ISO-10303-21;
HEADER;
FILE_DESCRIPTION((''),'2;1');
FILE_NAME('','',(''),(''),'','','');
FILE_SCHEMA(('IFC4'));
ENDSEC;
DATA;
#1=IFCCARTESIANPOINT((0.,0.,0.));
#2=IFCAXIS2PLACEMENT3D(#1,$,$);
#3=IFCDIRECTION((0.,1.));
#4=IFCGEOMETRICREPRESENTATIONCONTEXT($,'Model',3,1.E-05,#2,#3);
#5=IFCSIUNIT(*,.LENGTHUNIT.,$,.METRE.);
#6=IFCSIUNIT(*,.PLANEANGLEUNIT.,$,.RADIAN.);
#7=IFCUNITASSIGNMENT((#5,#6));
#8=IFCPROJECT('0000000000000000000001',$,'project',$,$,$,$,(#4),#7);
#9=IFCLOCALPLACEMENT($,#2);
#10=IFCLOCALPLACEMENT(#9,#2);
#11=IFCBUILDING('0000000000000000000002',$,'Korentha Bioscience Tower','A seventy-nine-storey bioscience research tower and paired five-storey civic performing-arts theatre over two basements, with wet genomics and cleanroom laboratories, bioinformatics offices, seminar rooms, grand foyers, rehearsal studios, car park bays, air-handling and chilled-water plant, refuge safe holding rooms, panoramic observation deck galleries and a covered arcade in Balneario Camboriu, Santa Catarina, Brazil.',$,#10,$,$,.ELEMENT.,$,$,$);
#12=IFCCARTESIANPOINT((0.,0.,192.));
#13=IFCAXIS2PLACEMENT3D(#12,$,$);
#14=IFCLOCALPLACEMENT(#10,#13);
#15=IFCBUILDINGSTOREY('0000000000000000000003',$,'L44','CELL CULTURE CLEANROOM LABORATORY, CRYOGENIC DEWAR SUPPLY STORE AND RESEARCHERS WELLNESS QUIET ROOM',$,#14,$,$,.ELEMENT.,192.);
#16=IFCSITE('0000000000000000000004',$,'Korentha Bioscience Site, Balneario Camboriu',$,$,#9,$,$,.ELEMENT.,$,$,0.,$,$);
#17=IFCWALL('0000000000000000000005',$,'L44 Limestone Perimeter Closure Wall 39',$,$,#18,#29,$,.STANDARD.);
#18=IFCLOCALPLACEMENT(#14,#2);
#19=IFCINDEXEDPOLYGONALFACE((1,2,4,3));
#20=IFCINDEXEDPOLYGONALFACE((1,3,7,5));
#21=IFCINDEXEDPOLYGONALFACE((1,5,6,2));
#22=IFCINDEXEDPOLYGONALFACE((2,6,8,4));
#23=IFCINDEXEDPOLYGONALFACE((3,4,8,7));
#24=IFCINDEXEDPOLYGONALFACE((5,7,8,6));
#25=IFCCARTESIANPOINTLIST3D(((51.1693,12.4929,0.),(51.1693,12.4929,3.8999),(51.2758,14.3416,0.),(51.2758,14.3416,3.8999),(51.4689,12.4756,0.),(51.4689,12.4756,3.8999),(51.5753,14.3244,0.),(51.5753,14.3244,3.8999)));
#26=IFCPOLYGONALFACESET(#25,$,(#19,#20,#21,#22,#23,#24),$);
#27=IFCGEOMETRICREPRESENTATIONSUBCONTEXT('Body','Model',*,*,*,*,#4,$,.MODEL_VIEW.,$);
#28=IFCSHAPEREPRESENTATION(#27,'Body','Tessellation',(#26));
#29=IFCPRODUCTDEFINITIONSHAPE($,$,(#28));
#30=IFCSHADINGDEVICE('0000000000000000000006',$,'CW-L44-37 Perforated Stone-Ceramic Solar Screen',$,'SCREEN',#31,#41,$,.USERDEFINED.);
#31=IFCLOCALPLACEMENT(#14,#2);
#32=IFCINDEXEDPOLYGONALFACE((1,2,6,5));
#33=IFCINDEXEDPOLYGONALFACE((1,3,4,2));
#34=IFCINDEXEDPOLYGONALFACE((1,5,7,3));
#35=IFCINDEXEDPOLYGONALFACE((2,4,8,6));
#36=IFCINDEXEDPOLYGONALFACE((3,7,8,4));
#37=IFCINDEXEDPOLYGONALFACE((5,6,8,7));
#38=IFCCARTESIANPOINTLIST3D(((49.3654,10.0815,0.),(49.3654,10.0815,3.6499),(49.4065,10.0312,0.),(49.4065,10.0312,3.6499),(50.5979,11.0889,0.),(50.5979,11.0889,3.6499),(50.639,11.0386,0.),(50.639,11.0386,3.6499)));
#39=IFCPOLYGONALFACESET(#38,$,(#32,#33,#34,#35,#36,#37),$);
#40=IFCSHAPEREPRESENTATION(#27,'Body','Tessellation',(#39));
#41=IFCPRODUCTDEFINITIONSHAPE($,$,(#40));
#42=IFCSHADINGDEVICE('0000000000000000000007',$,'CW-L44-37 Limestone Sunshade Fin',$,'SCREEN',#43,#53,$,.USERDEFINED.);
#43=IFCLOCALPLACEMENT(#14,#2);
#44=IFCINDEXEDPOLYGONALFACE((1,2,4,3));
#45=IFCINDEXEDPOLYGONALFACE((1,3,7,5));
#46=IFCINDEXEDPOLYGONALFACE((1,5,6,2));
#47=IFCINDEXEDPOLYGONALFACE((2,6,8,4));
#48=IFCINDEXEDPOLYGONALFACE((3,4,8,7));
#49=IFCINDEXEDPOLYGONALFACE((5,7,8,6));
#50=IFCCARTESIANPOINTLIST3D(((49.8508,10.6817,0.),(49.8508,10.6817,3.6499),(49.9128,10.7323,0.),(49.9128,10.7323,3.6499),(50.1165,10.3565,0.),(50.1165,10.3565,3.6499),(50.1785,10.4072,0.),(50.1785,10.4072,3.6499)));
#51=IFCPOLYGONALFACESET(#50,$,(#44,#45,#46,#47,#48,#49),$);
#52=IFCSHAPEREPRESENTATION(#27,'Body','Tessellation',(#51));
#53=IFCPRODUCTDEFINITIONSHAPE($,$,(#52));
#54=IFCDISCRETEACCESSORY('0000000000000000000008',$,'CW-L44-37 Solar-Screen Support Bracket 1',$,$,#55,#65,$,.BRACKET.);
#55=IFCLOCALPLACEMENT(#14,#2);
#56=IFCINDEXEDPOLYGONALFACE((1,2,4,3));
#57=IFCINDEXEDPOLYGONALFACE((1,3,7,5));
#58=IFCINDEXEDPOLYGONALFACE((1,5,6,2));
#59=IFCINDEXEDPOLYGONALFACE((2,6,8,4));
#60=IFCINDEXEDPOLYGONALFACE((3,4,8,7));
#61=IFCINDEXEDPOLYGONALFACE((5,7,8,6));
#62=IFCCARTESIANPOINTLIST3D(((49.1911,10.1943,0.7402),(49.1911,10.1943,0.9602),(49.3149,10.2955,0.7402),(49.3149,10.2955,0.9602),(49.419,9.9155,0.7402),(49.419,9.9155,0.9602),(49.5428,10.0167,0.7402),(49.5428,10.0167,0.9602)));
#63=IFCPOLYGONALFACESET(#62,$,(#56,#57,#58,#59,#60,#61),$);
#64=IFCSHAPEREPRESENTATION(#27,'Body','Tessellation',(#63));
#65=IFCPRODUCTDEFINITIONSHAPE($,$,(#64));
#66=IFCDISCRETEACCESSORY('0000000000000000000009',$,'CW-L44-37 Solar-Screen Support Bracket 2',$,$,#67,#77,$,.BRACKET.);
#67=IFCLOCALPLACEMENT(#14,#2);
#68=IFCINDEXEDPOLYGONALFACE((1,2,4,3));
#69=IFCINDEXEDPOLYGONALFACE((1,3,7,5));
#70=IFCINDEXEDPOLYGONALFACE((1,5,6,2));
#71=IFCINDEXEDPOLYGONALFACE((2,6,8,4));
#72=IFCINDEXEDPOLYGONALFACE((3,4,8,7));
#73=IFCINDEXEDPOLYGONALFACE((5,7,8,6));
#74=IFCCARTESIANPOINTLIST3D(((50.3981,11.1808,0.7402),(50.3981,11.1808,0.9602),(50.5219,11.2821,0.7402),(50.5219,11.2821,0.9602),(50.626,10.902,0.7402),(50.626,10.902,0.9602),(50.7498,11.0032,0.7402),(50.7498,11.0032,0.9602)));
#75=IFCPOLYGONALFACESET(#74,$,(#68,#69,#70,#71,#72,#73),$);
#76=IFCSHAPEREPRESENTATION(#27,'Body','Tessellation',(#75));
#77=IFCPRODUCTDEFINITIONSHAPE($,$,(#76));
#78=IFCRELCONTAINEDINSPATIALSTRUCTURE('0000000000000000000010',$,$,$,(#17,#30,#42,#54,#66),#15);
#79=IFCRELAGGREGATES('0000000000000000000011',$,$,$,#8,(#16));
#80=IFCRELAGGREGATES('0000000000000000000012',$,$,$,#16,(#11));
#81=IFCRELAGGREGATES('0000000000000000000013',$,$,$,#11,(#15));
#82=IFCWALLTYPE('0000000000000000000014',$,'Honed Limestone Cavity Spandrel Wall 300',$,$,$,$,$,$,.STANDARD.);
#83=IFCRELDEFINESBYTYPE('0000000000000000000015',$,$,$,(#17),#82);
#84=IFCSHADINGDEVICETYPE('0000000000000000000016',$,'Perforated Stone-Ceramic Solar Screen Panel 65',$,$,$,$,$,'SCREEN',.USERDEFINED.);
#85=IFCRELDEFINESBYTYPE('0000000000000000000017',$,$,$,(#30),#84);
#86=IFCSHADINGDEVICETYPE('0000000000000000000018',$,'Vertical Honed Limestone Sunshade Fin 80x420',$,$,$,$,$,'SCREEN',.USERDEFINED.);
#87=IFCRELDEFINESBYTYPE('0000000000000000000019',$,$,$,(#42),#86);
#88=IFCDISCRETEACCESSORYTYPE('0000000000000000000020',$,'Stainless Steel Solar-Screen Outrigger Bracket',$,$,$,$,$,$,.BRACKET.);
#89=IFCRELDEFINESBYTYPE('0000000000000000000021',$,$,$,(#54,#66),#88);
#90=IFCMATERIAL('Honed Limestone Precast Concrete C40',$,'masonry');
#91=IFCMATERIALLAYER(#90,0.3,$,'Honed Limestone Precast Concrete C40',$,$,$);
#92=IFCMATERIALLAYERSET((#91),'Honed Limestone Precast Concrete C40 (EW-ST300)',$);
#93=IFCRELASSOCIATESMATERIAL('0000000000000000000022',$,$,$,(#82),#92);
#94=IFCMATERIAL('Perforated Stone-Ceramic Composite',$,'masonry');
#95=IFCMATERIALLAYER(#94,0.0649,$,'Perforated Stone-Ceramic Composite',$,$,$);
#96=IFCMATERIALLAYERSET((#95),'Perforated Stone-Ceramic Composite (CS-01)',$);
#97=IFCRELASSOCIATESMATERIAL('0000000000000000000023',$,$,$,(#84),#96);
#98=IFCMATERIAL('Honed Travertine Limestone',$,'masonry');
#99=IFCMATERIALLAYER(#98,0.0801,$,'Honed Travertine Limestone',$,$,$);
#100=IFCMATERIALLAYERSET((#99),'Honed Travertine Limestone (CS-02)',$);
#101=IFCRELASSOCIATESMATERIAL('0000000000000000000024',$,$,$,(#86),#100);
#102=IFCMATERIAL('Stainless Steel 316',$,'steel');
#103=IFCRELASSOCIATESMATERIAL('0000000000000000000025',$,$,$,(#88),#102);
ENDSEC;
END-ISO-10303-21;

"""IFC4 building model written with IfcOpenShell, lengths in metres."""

from ifc_helpers import new_model, si_unit, direction, frame, frame_2d, origin, origin_2d, place, context, subcontext, project, spatial, rectangle, extrude, material, layer, layer_set, type_object, element, save


model = new_model("IFC4")

# Units and contexts
model_context = context("Model", 3, precision=1e-05, world=origin(), true_north=direction((0.0, 1.0)))
body_context = subcontext(model_context, "Body", "Model", "MODEL_VIEW")
ifc_project = project(units=[si_unit("LENGTHUNIT", "METRE"), si_unit("PLANEANGLEUNIT", "RADIAN")], contexts=[model_context])

# Site, building, storey
site_placement = place(None, origin())
site = spatial("IfcSite", under=ifc_project, at=site_placement, Name="Korentha Bioscience Site, Balneario Camboriu", CompositionType="ELEMENT", RefElevation=0.0)
building_placement = place(site_placement, origin())
building = spatial("IfcBuilding", under=site, at=building_placement, Name="Korentha Bioscience Tower", Description="A seventy-nine-storey bioscience research tower and paired five-storey civic performing-arts theatre over two basements, with wet genomics and cleanroom laboratories, bioinformatics offices, seminar rooms, grand foyers, rehearsal studios, car park bays, air-handling and chilled-water plant, refuge safe holding rooms, panoramic observation deck galleries and a covered arcade in Balneario Camboriu, Santa Catarina, Brazil.", CompositionType="ELEMENT")
storey_placement = place(building_placement, frame((0.0, 0.0, 192.0)))
storey = spatial("IfcBuildingStorey", under=building, at=storey_placement, Name="L44", Description="CELL CULTURE CLEANROOM LABORATORY, CRYOGENIC DEWAR SUPPLY STORE AND RESEARCHERS WELLNESS QUIET ROOM", CompositionType="ELEMENT", Elevation=192.0)

# Shared definitions
ifc_material_1 = material(Name="Honed Limestone Precast Concrete C40", Category="masonry")
ifc_layer_1 = layer(ifc_material_1, 0.3, Name="Honed Limestone Precast Concrete C40")
ifc_layer_set_1 = layer_set([ifc_layer_1], Name="Honed Limestone Precast Concrete C40 (EW-ST300)")
wall_type_1 = type_object("IfcWallType", Name="Honed Limestone Cavity Spandrel Wall 300", PredefinedType="STANDARD", material=ifc_layer_set_1)

# Wall
for number, where, z_axis, x_axis, name in (
    (1, (51.3191, 12.4844, 0.0), (0.0, 0.0, 1.0), (0.057485, 0.998346, 0.0), "L44 Limestone Perimeter Closure Wall 39"),
):
    element("IfcWall", number, at=place(storey_placement, frame(where, z_axis=z_axis, x_axis=x_axis)), inside=storey, type_object=wall_type_1, Name=name, PredefinedType="STANDARD", context=body_context, shape_type="SweptSolid", body=[
        extrude(rectangle(XDim=1.8518, YDim=0.3, at=frame_2d((0.9258, 0.0))), origin(), (0.0, 0.0, 1.0), 3.8999),
    ])

# Shading devices
ifc_material_2 = material(Name="Perforated Stone-Ceramic Composite", Category="masonry")
ifc_layer_2 = layer(ifc_material_2, 0.0649, Name="Perforated Stone-Ceramic Composite")
ifc_layer_set_2 = layer_set([ifc_layer_2], Name="Perforated Stone-Ceramic Composite (CS-01)")
shading_device_type_1 = type_object("IfcShadingDeviceType", Name="Perforated Stone-Ceramic Solar Screen Panel 65", ElementType="SCREEN", PredefinedType="USERDEFINED", material=ifc_layer_set_2)
shading_device_1_placement = place(storey_placement, frame((50.0022, 10.5601, 0.0), z_axis=(0.0, 0.0, 1.0), x_axis=(0.774256, 0.632872, 0.0)))
element("IfcShadingDevice", 2, at=shading_device_1_placement, inside=storey, type_object=shading_device_type_1, Name="CW-L44-37 Perforated Stone-Ceramic Solar Screen", ObjectType="SCREEN", PredefinedType="USERDEFINED", context=body_context, shape_type="SweptSolid", body=[
    extrude(rectangle(XDim=1.5918, YDim=0.0649, at=origin_2d()), origin(), (0.0, 0.0, 1.0), 3.6499),
])
ifc_material_3 = material(Name="Honed Travertine Limestone", Category="masonry")
ifc_layer_3 = layer(ifc_material_3, 0.0801, Name="Honed Travertine Limestone")
ifc_layer_set_3 = layer_set([ifc_layer_3], Name="Honed Travertine Limestone (CS-02)")
shading_device_type_2 = type_object("IfcShadingDeviceType", Name="Vertical Honed Limestone Sunshade Fin 80x420", ElementType="SCREEN", PredefinedType="USERDEFINED", material=ifc_layer_set_3)
shading_device_2_placement = place(storey_placement, frame((50.0146, 10.5444, 0.0), z_axis=(0.0, 0.0, 1.0), x_axis=(0.774256, 0.632872, 0.0)))
element("IfcShadingDevice", 3, at=shading_device_2_placement, inside=storey, type_object=shading_device_type_2, Name="CW-L44-37 Limestone Sunshade Fin", ObjectType="SCREEN", PredefinedType="USERDEFINED", context=body_context, shape_type="SweptSolid", body=[
    extrude(rectangle(XDim=0.0801, YDim=0.4199, at=origin_2d()), origin(), (0.0, 0.0, 1.0), 3.6499),
])

# Discrete accessories
ifc_material_4 = material(Name="Stainless Steel 316", Category="steel")
discrete_accessory_type = type_object("IfcDiscreteAccessoryType", Name="Stainless Steel Solar-Screen Outrigger Bracket", PredefinedType="BRACKET", material=ifc_material_4)
for number, where, z_axis, x_axis, name in (
    (4, (49.3669, 10.1055, 0.7402), (0.0, 0.0, 1.0), (0.774256, 0.632872, 0.0), "CW-L44-37 Solar-Screen Support Bracket 1"),
    (5, (50.574, 11.092, 0.7402), (0.0, 0.0, 1.0), (0.774256, 0.632872, 0.0), "CW-L44-37 Solar-Screen Support Bracket 2"),
):
    element("IfcDiscreteAccessory", number, at=place(storey_placement, frame(where, z_axis=z_axis, x_axis=x_axis)), inside=storey, type_object=discrete_accessory_type, Name=name, PredefinedType="BRACKET", context=body_context, shape_type="SweptSolid", body=[
        extrude(rectangle(XDim=0.1599, YDim=0.3601, at=origin_2d()), origin(), (0.0, 0.0, 1.0), 0.22),
    ])

save(model, "model.ifc")
